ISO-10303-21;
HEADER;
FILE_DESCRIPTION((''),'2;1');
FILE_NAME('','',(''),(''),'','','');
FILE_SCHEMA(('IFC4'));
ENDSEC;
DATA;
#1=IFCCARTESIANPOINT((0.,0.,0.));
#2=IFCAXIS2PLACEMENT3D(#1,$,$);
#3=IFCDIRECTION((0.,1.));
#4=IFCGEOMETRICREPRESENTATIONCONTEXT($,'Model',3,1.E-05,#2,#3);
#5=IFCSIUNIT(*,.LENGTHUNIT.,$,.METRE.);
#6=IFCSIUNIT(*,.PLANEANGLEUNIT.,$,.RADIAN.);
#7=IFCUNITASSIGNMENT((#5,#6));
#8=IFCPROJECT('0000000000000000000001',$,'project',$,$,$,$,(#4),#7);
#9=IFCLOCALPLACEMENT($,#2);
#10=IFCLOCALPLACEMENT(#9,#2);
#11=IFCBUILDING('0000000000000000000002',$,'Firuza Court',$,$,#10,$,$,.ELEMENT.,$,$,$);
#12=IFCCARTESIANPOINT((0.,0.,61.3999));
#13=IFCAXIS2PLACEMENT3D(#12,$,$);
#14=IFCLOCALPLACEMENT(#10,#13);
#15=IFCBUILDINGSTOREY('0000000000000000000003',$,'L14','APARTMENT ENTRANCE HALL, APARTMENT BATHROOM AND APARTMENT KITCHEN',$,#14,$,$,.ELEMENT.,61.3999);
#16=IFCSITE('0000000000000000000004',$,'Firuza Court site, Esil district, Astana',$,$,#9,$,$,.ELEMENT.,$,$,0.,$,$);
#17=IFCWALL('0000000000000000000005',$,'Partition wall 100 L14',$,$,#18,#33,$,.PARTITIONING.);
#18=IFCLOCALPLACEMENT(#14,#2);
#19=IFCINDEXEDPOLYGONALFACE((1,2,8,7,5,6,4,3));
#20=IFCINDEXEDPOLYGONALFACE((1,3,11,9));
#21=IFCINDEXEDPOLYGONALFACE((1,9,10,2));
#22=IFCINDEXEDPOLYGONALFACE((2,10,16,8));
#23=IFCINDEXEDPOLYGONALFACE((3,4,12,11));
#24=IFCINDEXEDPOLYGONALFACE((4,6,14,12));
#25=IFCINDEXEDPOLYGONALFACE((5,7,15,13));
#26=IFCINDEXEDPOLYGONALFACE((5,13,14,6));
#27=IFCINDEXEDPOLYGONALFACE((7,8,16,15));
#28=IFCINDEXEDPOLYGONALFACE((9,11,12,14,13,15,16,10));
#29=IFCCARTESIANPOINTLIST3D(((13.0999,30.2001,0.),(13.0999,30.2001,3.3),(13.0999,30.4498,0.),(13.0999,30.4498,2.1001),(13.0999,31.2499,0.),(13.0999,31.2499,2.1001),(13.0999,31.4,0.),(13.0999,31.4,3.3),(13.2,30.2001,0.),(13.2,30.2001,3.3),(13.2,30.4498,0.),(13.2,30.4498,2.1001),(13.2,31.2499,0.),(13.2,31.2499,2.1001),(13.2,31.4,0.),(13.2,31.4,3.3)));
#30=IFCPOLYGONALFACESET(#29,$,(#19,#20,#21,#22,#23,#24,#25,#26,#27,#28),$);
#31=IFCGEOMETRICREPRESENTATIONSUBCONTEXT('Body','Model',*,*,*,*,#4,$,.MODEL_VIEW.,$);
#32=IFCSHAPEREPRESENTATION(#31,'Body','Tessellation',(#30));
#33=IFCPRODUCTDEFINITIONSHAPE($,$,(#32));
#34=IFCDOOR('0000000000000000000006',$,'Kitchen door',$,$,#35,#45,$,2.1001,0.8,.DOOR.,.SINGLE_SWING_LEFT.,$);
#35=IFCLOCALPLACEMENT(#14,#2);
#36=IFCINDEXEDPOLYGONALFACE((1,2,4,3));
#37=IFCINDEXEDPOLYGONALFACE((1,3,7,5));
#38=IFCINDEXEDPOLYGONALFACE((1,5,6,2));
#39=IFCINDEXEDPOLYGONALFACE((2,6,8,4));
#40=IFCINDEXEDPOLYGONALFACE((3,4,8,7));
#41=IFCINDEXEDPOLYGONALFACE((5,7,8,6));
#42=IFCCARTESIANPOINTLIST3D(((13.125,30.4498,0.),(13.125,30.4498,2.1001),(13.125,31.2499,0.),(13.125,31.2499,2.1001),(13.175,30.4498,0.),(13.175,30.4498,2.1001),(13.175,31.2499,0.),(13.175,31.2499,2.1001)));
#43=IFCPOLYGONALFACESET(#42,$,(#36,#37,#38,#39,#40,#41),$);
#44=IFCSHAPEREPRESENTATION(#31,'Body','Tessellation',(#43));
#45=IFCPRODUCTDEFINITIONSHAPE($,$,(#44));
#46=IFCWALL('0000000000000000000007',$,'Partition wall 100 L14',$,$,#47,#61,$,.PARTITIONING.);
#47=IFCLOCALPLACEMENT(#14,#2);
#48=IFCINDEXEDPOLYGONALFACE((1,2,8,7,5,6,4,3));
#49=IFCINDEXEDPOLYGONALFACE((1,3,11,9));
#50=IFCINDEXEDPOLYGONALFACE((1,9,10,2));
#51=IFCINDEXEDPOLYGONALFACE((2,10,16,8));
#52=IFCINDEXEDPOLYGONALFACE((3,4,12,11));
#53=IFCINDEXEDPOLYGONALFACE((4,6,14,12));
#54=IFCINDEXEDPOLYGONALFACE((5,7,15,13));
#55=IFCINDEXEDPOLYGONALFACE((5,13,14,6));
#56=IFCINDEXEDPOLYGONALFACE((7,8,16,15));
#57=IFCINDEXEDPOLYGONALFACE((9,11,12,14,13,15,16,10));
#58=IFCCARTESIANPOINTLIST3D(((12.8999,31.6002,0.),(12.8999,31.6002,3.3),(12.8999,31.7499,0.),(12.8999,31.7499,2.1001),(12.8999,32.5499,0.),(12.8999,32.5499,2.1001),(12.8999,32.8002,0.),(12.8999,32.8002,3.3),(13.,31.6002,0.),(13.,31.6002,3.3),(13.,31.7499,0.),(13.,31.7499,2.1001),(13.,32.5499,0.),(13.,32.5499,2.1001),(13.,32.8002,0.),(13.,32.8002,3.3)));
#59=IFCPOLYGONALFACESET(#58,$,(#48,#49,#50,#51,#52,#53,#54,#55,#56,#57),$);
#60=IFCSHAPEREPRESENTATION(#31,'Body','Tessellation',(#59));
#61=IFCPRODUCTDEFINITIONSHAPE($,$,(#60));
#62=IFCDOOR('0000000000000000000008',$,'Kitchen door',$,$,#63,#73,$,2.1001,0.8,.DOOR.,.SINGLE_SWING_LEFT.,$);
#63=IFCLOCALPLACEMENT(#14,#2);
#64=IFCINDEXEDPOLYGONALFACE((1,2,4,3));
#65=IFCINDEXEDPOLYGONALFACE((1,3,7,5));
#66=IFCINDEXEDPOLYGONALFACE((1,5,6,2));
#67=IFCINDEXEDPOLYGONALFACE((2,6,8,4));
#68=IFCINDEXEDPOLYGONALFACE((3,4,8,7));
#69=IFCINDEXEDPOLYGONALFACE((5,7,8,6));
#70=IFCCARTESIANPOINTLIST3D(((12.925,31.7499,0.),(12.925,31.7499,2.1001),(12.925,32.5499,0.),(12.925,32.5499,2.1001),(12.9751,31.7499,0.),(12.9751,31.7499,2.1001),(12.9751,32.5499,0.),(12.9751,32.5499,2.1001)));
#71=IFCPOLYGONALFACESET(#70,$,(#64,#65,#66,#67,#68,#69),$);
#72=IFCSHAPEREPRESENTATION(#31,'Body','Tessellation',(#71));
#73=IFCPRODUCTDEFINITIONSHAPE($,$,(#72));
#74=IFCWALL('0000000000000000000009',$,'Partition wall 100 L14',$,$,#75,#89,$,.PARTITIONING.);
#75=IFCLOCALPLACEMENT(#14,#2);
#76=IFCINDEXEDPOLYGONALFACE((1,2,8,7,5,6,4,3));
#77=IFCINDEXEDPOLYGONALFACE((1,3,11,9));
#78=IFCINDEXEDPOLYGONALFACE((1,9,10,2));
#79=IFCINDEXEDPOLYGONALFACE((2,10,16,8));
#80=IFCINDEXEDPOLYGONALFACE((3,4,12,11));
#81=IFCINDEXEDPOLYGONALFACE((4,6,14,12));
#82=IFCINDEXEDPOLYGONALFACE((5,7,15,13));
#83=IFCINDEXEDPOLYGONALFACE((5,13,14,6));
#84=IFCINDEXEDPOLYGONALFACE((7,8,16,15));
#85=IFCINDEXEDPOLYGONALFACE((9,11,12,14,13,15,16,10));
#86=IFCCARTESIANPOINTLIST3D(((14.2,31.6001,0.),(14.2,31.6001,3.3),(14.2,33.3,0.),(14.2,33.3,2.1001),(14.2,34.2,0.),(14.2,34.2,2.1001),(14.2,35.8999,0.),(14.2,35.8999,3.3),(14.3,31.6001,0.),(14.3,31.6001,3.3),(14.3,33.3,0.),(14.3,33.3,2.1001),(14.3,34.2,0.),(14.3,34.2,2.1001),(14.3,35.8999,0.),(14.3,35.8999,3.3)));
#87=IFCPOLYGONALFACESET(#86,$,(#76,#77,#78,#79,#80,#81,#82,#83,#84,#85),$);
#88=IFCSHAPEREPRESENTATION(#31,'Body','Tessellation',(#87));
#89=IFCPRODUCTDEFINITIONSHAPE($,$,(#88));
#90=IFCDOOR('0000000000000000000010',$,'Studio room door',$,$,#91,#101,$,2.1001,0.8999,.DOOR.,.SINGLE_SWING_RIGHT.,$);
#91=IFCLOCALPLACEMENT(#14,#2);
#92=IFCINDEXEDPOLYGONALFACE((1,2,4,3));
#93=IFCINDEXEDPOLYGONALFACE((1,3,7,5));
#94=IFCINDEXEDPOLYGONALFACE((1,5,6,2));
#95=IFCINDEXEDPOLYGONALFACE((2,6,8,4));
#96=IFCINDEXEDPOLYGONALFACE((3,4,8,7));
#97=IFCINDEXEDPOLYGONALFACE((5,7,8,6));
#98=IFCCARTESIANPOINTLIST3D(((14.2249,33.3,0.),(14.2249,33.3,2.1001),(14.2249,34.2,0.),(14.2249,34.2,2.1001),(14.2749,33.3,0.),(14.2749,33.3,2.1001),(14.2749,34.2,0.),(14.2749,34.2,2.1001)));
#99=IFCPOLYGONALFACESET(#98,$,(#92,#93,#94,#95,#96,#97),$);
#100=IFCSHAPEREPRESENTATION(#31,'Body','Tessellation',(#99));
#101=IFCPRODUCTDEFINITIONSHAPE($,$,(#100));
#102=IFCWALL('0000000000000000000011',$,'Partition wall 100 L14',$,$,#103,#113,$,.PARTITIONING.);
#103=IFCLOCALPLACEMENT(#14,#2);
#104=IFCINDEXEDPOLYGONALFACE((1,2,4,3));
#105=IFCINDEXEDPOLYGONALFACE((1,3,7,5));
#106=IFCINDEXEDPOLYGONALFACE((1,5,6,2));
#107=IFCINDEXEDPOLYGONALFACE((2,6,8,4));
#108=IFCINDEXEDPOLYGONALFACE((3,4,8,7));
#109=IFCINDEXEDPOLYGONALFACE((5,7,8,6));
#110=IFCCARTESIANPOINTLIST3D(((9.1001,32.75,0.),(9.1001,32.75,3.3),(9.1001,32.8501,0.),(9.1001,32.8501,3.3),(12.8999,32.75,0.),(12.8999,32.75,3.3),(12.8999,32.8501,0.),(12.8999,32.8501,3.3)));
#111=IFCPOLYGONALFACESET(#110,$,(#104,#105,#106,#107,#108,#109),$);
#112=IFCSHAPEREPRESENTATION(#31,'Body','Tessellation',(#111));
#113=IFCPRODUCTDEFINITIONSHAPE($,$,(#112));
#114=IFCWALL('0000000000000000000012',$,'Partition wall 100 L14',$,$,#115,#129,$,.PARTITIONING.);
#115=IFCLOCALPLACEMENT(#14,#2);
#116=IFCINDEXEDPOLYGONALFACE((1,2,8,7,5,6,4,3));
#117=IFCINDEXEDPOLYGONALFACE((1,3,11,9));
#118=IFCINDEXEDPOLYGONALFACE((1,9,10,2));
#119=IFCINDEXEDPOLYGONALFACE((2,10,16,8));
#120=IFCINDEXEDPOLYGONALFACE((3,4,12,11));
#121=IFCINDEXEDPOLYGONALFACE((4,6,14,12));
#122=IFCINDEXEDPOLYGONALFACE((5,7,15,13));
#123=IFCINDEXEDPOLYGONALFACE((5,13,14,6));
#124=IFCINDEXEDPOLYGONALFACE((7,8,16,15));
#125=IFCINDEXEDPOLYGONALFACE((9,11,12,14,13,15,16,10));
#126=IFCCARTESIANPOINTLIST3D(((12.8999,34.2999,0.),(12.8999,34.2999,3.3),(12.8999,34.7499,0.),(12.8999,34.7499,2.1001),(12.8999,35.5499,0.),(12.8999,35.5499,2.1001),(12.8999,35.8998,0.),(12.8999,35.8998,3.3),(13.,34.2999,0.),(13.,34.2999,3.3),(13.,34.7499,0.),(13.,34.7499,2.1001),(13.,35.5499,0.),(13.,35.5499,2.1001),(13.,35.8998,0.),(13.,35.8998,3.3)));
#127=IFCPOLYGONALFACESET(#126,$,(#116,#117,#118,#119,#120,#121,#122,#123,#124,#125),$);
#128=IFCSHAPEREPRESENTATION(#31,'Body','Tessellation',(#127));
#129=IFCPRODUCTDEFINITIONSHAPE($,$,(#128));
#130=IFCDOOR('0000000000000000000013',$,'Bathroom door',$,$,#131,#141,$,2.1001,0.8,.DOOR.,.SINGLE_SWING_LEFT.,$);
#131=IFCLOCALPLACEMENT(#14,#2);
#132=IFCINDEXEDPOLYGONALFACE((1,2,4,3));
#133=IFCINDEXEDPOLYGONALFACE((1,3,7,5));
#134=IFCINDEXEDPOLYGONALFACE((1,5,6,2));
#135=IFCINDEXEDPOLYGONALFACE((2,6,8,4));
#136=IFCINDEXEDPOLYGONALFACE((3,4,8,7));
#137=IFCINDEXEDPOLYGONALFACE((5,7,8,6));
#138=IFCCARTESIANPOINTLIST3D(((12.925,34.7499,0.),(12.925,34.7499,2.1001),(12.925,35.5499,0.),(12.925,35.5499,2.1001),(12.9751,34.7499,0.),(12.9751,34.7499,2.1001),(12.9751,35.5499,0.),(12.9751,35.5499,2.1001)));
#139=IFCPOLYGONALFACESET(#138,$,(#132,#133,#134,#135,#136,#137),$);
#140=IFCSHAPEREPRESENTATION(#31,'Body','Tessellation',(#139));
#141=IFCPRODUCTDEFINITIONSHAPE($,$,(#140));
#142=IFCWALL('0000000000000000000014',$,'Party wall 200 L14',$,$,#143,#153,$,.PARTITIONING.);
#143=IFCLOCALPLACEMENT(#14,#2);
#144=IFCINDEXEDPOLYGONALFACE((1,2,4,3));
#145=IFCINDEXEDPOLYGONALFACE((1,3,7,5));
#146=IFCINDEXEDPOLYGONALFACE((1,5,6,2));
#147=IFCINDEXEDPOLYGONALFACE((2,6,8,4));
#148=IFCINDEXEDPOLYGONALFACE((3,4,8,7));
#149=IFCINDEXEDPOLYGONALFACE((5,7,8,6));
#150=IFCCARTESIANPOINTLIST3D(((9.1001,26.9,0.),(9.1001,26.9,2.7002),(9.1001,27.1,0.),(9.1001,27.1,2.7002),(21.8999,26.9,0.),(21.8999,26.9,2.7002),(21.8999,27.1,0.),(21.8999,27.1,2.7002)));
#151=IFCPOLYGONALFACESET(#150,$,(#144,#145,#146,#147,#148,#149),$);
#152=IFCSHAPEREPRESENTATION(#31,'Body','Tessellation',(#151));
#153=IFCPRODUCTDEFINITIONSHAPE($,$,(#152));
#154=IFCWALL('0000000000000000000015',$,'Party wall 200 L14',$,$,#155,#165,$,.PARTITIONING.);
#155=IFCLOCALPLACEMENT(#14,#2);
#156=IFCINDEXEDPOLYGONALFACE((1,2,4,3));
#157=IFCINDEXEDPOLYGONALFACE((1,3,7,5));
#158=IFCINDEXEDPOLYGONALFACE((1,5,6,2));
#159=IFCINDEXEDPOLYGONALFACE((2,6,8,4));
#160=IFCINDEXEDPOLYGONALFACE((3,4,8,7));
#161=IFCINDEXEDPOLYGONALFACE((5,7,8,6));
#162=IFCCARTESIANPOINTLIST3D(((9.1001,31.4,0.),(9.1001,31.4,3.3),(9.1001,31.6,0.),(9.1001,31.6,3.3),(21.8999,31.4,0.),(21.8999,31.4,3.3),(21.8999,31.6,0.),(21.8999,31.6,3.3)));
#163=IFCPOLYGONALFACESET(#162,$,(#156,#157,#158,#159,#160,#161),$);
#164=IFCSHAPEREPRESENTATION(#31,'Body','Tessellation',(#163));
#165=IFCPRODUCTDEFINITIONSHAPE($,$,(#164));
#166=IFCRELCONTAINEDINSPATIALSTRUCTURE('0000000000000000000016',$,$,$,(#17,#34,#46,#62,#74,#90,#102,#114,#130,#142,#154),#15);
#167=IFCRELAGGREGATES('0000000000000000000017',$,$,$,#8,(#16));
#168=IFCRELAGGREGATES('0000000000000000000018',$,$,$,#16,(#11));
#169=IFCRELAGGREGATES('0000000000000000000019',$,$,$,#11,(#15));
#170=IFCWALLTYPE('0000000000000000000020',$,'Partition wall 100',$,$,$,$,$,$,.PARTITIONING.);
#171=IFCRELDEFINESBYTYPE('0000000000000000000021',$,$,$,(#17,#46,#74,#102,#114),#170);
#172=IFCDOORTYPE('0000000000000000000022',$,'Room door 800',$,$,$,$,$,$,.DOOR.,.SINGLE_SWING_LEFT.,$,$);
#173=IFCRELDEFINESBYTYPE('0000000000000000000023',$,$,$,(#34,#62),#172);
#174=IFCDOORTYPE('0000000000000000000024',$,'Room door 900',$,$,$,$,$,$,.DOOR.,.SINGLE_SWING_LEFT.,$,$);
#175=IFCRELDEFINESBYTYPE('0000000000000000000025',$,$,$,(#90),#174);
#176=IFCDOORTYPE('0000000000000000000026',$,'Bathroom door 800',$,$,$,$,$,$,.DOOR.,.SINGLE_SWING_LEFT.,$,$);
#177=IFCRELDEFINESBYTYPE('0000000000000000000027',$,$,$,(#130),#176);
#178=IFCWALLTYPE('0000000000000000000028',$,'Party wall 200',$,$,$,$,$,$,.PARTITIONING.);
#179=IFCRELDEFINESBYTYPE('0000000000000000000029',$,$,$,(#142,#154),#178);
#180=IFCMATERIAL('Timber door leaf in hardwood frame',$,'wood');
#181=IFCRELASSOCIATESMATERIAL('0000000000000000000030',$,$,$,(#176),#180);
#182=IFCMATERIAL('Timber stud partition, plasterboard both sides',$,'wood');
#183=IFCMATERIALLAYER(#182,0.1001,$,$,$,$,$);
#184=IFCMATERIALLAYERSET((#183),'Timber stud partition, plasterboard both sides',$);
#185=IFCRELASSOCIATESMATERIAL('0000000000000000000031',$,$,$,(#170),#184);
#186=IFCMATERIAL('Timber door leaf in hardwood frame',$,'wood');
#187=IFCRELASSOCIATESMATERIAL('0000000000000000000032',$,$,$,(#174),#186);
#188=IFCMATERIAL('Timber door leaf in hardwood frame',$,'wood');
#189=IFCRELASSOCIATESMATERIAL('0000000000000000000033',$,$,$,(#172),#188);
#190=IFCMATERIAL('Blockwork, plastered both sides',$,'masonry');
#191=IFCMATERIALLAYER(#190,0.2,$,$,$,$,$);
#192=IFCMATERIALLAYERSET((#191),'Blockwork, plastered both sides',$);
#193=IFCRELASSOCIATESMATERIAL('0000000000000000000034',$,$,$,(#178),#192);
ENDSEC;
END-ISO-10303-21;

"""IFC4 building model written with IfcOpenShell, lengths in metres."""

from ifc_helpers import new_model, si_unit, direction, frame, frame_2d, origin, place, context, subcontext, project, spatial, rectangle, extrude, material, layer, layer_set, type_object, element, fill, save


model = new_model("IFC4")

# Units and contexts
model_context = context("Model", 3, precision=1e-05, world=origin(), true_north=direction((0.0, 1.0)))
body_context = subcontext(model_context, "Body", "Model", "MODEL_VIEW")
ifc_project = project(units=[si_unit("LENGTHUNIT", "METRE"), si_unit("PLANEANGLEUNIT", "RADIAN")], contexts=[model_context])

# Site, building, storey
site_placement = place(None, origin())
site = spatial("IfcSite", under=ifc_project, at=site_placement, Name="Firuza Court site, Esil district, Astana", CompositionType="ELEMENT", RefElevation=0.0)
building_placement = place(site_placement, origin())
building = spatial("IfcBuilding", under=site, at=building_placement, Name="Firuza Court", CompositionType="ELEMENT")
storey_placement = place(building_placement, frame((0.0, 0.0, 61.3999)))
storey = spatial("IfcBuildingStorey", under=building, at=storey_placement, Name="L14", Description="APARTMENT ENTRANCE HALL, APARTMENT BATHROOM AND APARTMENT KITCHEN", CompositionType="ELEMENT", Elevation=61.3999)

# Shared definitions
ifc_material_1 = material(Name="Timber door leaf in hardwood frame", Category="wood")
door_type_1 = type_object("IfcDoorType", Name="Bathroom door 800", OperationType="SINGLE_SWING_LEFT", PredefinedType="DOOR", material=ifc_material_1)

# Shared definitions
ifc_material_2 = material(Name="Timber stud partition, plasterboard both sides", Category="wood")
ifc_layer_1 = layer(ifc_material_2, 0.1001)
ifc_layer_set_1 = layer_set([ifc_layer_1], Name="Timber stud partition, plasterboard both sides")
wall_type_1 = type_object("IfcWallType", Name="Partition wall 100", PredefinedType="PARTITIONING", material=ifc_layer_set_1)
ifc_material_3 = material(Name="Timber door leaf in hardwood frame", Category="wood")
door_type_2 = type_object("IfcDoorType", Name="Room door 900", OperationType="SINGLE_SWING_LEFT", PredefinedType="DOOR", material=ifc_material_3)

# Walls, openings, doors
wall_1_placement = place(storey_placement, frame((13.1499, 30.2, 0.0), z_axis=(0.0, 0.0, 1.0), x_axis=(0.0, 1.0, 0.0)))
wall_1 = element("IfcWall", 1, at=wall_1_placement, inside=storey, type_object=wall_type_1, Name="Partition wall 100 L14", PredefinedType="PARTITIONING", context=body_context, shape_type="SweptSolid", body=[
    extrude(rectangle(XDim=1.2, YDim=0.1001, at=frame_2d((0.6001, 0.0))), origin(), (0.0, 0.0, 1.0), 3.3),
])
opening_1_placement = place(wall_1_placement, frame((0.25, 0.0, 0.0)))
opening_1 = element("IfcOpeningElement", 2, at=opening_1_placement, cuts=wall_1, PredefinedType="OPENING", context=body_context, shape_type="SweptSolid", body=[
    extrude(rectangle(XDim=0.8, YDim=2.1001, at=frame_2d((0.3999, 1.05))), frame((0.0, 0.062, 0.0), z_axis=(0.0, -1.0, 0.0), x_axis=(1.0, 0.0, 0.0)), (0.0, 0.0, 1.0), 0.124),
])
ifc_material_4 = material(Name="Timber door leaf in hardwood frame", Category="wood")
door_type_3 = type_object("IfcDoorType", Name="Room door 800", OperationType="SINGLE_SWING_LEFT", PredefinedType="DOOR", material=ifc_material_4)
door_1_placement = place(opening_1_placement, origin())
door_1 = element("IfcDoor", 3, at=door_1_placement, inside=storey, type_object=door_type_3, Name="Kitchen door", OperationType="SINGLE_SWING_LEFT", OverallHeight=2.1001, OverallWidth=0.8, PredefinedType="DOOR", context=body_context, shape_type="SweptSolid", body=[
    extrude(rectangle(XDim=0.8, YDim=2.1001, at=frame_2d((0.3999, 1.05))), frame((0.0, 0.0249, 0.0), z_axis=(0.0, -1.0, 0.0), x_axis=(1.0, 0.0, 0.0)), (0.0, 0.0, 1.0), 0.05),
])
fill(opening_1, door_1)
wall_2_placement = place(storey_placement, frame((12.95, 31.6001, 0.0), z_axis=(0.0, 0.0, 1.0), x_axis=(0.0, 1.0, 0.0)))
wall_2 = element("IfcWall", 4, at=wall_2_placement, inside=storey, type_object=wall_type_1, Name="Partition wall 100 L14", PredefinedType="PARTITIONING", context=body_context, shape_type="SweptSolid", body=[
    extrude(rectangle(XDim=1.2, YDim=0.1001, at=frame_2d((0.6001, 0.0))), origin(), (0.0, 0.0, 1.0), 3.3),
])
opening_2_placement = place(wall_2_placement, frame((0.1499, 0.0, 0.0)))
opening_2 = element("IfcOpeningElement", 5, at=opening_2_placement, cuts=wall_2, PredefinedType="OPENING", context=body_context, shape_type="SweptSolid", body=[
    extrude(rectangle(XDim=0.8, YDim=2.1001, at=frame_2d((0.3999, 1.05))), frame((0.0, 0.062, 0.0), z_axis=(0.0, -1.0, 0.0), x_axis=(1.0, 0.0, 0.0)), (0.0, 0.0, 1.0), 0.124),
])
door_2_placement = place(opening_2_placement, origin())
door_2 = element("IfcDoor", 6, at=door_2_placement, inside=storey, type_object=door_type_3, Name="Kitchen door", OperationType="SINGLE_SWING_LEFT", OverallHeight=2.1001, OverallWidth=0.8, PredefinedType="DOOR", context=body_context, shape_type="SweptSolid", body=[
    extrude(rectangle(XDim=0.8, YDim=2.1001, at=frame_2d((0.3999, 1.05))), frame((0.0, 0.0249, 0.0), z_axis=(0.0, -1.0, 0.0), x_axis=(1.0, 0.0, 0.0)), (0.0, 0.0, 1.0), 0.05),
])
fill(opening_2, door_2)
wall_3_placement = place(storey_placement, frame((14.25, 31.6001, 0.0), z_axis=(0.0, 0.0, 1.0), x_axis=(0.0, 1.0, 0.0)))
wall_3 = element("IfcWall", 7, at=wall_3_placement, inside=storey, type_object=wall_type_1, Name="Partition wall 100 L14", PredefinedType="PARTITIONING", context=body_context, shape_type="SweptSolid", body=[
    extrude(rectangle(XDim=4.2998, YDim=0.1001, at=frame_2d((2.1499, 0.0))), origin(), (0.0, 0.0, 1.0), 3.3),
])
opening_3_placement = place(wall_3_placement, frame((1.7, 0.0, 0.0)))
opening_3 = element("IfcOpeningElement", 8, at=opening_3_placement, cuts=wall_3, PredefinedType="OPENING", context=body_context, shape_type="SweptSolid", body=[
    extrude(rectangle(XDim=0.8999, YDim=2.1001, at=frame_2d((0.45, 1.05))), frame((0.0, 0.062, 0.0), z_axis=(0.0, -1.0, 0.0), x_axis=(1.0, 0.0, 0.0)), (0.0, 0.0, 1.0), 0.124),
])
door_3_placement = place(opening_3_placement, frame((0.8999, 0.0, 0.0), z_axis=(0.0, 0.0, 1.0), x_axis=(-1.0, 0.0, 0.0)))
door_3 = element("IfcDoor", 9, at=door_3_placement, inside=storey, type_object=door_type_2, Name="Studio room door", OperationType="SINGLE_SWING_RIGHT", OverallHeight=2.1001, OverallWidth=0.8999, PredefinedType="DOOR", context=body_context, shape_type="SweptSolid", body=[
    extrude(rectangle(XDim=0.8999, YDim=2.1001, at=frame_2d((0.45, 1.05))), frame((0.0, 0.0249, 0.0), z_axis=(0.0, -1.0, 0.0), x_axis=(1.0, 0.0, 0.0)), (0.0, 0.0, 1.0), 0.05),
])
fill(opening_3, door_3)

# Wall
wall_4_placement = place(storey_placement, frame((9.1001, 32.8, 0.0), z_axis=(0.0, 0.0, 1.0), x_axis=(1.0, 0.0, 0.0)))
element("IfcWall", 10, at=wall_4_placement, inside=storey, type_object=wall_type_1, Name="Partition wall 100 L14", PredefinedType="PARTITIONING", context=body_context, shape_type="SweptSolid", body=[
    extrude(rectangle(XDim=3.7998, YDim=0.1001, at=frame_2d((1.8999, 0.0))), origin(), (0.0, 0.0, 1.0), 3.3),
])

# Wall, opening, door
wall_5_placement = place(storey_placement, frame((12.95, 34.3, 0.0), z_axis=(0.0, 0.0, 1.0), x_axis=(0.0, 1.0, 0.0)))
wall_5 = element("IfcWall", 11, at=wall_5_placement, inside=storey, type_object=wall_type_1, Name="Partition wall 100 L14", PredefinedType="PARTITIONING", context=body_context, shape_type="SweptSolid", body=[
    extrude(rectangle(XDim=1.5999, YDim=0.1001, at=frame_2d((0.7998, 0.0))), origin(), (0.0, 0.0, 1.0), 3.3),
])
opening_4_placement = place(wall_5_placement, frame((0.45, 0.0, 0.0)))
opening_4 = element("IfcOpeningElement", 12, at=opening_4_placement, cuts=wall_5, PredefinedType="OPENING", context=body_context, shape_type="SweptSolid", body=[
    extrude(rectangle(XDim=0.8, YDim=2.1001, at=frame_2d((0.3999, 1.05))), frame((0.0, 0.062, 0.0), z_axis=(0.0, -1.0, 0.0), x_axis=(1.0, 0.0, 0.0)), (0.0, 0.0, 1.0), 0.124),
])
door_4_placement = place(opening_4_placement, origin())
door_4 = element("IfcDoor", 13, at=door_4_placement, inside=storey, type_object=door_type_1, Name="Bathroom door", OperationType="SINGLE_SWING_LEFT", OverallHeight=2.1001, OverallWidth=0.8, PredefinedType="DOOR", context=body_context, shape_type="SweptSolid", body=[
    extrude(rectangle(XDim=0.8, YDim=2.1001, at=frame_2d((0.3999, 1.05))), frame((0.0, 0.0249, 0.0), z_axis=(0.0, -1.0, 0.0), x_axis=(1.0, 0.0, 0.0)), (0.0, 0.0, 1.0), 0.05),
])
fill(opening_4, door_4)

# Walls
ifc_material_5 = material(Name="Blockwork, plastered both sides", Category="masonry")
ifc_layer_2 = layer(ifc_material_5, 0.2)
ifc_layer_set_2 = layer_set([ifc_layer_2], Name="Blockwork, plastered both sides")
wall_type_2 = type_object("IfcWallType", Name="Party wall 200", PredefinedType="PARTITIONING", material=ifc_layer_set_2)
wall_6_placement = place(storey_placement, frame((9.1001, 27.0, 0.0), z_axis=(0.0, 0.0, 1.0), x_axis=(1.0, 0.0, 0.0)))
element("IfcWall", 14, at=wall_6_placement, inside=storey, type_object=wall_type_2, Name="Party wall 200 L14", PredefinedType="PARTITIONING", context=body_context, shape_type="SweptSolid", body=[
    extrude(rectangle(XDim=12.7998, YDim=0.2, at=frame_2d((6.3999, 0.0))), origin(), (0.0, 0.0, 1.0), 2.7002),
])
wall_7_placement = place(storey_placement, frame((9.1001, 31.5, 0.0), z_axis=(0.0, 0.0, 1.0), x_axis=(1.0, 0.0, 0.0)))
element("IfcWall", 15, at=wall_7_placement, inside=storey, type_object=wall_type_2, Name="Party wall 200 L14", PredefinedType="PARTITIONING", context=body_context, shape_type="SweptSolid", body=[
    extrude(rectangle(XDim=12.7998, YDim=0.2, at=frame_2d((6.3999, 0.0))), origin(), (0.0, 0.0, 1.0), 3.3),
])

save(model, "model.ifc")
